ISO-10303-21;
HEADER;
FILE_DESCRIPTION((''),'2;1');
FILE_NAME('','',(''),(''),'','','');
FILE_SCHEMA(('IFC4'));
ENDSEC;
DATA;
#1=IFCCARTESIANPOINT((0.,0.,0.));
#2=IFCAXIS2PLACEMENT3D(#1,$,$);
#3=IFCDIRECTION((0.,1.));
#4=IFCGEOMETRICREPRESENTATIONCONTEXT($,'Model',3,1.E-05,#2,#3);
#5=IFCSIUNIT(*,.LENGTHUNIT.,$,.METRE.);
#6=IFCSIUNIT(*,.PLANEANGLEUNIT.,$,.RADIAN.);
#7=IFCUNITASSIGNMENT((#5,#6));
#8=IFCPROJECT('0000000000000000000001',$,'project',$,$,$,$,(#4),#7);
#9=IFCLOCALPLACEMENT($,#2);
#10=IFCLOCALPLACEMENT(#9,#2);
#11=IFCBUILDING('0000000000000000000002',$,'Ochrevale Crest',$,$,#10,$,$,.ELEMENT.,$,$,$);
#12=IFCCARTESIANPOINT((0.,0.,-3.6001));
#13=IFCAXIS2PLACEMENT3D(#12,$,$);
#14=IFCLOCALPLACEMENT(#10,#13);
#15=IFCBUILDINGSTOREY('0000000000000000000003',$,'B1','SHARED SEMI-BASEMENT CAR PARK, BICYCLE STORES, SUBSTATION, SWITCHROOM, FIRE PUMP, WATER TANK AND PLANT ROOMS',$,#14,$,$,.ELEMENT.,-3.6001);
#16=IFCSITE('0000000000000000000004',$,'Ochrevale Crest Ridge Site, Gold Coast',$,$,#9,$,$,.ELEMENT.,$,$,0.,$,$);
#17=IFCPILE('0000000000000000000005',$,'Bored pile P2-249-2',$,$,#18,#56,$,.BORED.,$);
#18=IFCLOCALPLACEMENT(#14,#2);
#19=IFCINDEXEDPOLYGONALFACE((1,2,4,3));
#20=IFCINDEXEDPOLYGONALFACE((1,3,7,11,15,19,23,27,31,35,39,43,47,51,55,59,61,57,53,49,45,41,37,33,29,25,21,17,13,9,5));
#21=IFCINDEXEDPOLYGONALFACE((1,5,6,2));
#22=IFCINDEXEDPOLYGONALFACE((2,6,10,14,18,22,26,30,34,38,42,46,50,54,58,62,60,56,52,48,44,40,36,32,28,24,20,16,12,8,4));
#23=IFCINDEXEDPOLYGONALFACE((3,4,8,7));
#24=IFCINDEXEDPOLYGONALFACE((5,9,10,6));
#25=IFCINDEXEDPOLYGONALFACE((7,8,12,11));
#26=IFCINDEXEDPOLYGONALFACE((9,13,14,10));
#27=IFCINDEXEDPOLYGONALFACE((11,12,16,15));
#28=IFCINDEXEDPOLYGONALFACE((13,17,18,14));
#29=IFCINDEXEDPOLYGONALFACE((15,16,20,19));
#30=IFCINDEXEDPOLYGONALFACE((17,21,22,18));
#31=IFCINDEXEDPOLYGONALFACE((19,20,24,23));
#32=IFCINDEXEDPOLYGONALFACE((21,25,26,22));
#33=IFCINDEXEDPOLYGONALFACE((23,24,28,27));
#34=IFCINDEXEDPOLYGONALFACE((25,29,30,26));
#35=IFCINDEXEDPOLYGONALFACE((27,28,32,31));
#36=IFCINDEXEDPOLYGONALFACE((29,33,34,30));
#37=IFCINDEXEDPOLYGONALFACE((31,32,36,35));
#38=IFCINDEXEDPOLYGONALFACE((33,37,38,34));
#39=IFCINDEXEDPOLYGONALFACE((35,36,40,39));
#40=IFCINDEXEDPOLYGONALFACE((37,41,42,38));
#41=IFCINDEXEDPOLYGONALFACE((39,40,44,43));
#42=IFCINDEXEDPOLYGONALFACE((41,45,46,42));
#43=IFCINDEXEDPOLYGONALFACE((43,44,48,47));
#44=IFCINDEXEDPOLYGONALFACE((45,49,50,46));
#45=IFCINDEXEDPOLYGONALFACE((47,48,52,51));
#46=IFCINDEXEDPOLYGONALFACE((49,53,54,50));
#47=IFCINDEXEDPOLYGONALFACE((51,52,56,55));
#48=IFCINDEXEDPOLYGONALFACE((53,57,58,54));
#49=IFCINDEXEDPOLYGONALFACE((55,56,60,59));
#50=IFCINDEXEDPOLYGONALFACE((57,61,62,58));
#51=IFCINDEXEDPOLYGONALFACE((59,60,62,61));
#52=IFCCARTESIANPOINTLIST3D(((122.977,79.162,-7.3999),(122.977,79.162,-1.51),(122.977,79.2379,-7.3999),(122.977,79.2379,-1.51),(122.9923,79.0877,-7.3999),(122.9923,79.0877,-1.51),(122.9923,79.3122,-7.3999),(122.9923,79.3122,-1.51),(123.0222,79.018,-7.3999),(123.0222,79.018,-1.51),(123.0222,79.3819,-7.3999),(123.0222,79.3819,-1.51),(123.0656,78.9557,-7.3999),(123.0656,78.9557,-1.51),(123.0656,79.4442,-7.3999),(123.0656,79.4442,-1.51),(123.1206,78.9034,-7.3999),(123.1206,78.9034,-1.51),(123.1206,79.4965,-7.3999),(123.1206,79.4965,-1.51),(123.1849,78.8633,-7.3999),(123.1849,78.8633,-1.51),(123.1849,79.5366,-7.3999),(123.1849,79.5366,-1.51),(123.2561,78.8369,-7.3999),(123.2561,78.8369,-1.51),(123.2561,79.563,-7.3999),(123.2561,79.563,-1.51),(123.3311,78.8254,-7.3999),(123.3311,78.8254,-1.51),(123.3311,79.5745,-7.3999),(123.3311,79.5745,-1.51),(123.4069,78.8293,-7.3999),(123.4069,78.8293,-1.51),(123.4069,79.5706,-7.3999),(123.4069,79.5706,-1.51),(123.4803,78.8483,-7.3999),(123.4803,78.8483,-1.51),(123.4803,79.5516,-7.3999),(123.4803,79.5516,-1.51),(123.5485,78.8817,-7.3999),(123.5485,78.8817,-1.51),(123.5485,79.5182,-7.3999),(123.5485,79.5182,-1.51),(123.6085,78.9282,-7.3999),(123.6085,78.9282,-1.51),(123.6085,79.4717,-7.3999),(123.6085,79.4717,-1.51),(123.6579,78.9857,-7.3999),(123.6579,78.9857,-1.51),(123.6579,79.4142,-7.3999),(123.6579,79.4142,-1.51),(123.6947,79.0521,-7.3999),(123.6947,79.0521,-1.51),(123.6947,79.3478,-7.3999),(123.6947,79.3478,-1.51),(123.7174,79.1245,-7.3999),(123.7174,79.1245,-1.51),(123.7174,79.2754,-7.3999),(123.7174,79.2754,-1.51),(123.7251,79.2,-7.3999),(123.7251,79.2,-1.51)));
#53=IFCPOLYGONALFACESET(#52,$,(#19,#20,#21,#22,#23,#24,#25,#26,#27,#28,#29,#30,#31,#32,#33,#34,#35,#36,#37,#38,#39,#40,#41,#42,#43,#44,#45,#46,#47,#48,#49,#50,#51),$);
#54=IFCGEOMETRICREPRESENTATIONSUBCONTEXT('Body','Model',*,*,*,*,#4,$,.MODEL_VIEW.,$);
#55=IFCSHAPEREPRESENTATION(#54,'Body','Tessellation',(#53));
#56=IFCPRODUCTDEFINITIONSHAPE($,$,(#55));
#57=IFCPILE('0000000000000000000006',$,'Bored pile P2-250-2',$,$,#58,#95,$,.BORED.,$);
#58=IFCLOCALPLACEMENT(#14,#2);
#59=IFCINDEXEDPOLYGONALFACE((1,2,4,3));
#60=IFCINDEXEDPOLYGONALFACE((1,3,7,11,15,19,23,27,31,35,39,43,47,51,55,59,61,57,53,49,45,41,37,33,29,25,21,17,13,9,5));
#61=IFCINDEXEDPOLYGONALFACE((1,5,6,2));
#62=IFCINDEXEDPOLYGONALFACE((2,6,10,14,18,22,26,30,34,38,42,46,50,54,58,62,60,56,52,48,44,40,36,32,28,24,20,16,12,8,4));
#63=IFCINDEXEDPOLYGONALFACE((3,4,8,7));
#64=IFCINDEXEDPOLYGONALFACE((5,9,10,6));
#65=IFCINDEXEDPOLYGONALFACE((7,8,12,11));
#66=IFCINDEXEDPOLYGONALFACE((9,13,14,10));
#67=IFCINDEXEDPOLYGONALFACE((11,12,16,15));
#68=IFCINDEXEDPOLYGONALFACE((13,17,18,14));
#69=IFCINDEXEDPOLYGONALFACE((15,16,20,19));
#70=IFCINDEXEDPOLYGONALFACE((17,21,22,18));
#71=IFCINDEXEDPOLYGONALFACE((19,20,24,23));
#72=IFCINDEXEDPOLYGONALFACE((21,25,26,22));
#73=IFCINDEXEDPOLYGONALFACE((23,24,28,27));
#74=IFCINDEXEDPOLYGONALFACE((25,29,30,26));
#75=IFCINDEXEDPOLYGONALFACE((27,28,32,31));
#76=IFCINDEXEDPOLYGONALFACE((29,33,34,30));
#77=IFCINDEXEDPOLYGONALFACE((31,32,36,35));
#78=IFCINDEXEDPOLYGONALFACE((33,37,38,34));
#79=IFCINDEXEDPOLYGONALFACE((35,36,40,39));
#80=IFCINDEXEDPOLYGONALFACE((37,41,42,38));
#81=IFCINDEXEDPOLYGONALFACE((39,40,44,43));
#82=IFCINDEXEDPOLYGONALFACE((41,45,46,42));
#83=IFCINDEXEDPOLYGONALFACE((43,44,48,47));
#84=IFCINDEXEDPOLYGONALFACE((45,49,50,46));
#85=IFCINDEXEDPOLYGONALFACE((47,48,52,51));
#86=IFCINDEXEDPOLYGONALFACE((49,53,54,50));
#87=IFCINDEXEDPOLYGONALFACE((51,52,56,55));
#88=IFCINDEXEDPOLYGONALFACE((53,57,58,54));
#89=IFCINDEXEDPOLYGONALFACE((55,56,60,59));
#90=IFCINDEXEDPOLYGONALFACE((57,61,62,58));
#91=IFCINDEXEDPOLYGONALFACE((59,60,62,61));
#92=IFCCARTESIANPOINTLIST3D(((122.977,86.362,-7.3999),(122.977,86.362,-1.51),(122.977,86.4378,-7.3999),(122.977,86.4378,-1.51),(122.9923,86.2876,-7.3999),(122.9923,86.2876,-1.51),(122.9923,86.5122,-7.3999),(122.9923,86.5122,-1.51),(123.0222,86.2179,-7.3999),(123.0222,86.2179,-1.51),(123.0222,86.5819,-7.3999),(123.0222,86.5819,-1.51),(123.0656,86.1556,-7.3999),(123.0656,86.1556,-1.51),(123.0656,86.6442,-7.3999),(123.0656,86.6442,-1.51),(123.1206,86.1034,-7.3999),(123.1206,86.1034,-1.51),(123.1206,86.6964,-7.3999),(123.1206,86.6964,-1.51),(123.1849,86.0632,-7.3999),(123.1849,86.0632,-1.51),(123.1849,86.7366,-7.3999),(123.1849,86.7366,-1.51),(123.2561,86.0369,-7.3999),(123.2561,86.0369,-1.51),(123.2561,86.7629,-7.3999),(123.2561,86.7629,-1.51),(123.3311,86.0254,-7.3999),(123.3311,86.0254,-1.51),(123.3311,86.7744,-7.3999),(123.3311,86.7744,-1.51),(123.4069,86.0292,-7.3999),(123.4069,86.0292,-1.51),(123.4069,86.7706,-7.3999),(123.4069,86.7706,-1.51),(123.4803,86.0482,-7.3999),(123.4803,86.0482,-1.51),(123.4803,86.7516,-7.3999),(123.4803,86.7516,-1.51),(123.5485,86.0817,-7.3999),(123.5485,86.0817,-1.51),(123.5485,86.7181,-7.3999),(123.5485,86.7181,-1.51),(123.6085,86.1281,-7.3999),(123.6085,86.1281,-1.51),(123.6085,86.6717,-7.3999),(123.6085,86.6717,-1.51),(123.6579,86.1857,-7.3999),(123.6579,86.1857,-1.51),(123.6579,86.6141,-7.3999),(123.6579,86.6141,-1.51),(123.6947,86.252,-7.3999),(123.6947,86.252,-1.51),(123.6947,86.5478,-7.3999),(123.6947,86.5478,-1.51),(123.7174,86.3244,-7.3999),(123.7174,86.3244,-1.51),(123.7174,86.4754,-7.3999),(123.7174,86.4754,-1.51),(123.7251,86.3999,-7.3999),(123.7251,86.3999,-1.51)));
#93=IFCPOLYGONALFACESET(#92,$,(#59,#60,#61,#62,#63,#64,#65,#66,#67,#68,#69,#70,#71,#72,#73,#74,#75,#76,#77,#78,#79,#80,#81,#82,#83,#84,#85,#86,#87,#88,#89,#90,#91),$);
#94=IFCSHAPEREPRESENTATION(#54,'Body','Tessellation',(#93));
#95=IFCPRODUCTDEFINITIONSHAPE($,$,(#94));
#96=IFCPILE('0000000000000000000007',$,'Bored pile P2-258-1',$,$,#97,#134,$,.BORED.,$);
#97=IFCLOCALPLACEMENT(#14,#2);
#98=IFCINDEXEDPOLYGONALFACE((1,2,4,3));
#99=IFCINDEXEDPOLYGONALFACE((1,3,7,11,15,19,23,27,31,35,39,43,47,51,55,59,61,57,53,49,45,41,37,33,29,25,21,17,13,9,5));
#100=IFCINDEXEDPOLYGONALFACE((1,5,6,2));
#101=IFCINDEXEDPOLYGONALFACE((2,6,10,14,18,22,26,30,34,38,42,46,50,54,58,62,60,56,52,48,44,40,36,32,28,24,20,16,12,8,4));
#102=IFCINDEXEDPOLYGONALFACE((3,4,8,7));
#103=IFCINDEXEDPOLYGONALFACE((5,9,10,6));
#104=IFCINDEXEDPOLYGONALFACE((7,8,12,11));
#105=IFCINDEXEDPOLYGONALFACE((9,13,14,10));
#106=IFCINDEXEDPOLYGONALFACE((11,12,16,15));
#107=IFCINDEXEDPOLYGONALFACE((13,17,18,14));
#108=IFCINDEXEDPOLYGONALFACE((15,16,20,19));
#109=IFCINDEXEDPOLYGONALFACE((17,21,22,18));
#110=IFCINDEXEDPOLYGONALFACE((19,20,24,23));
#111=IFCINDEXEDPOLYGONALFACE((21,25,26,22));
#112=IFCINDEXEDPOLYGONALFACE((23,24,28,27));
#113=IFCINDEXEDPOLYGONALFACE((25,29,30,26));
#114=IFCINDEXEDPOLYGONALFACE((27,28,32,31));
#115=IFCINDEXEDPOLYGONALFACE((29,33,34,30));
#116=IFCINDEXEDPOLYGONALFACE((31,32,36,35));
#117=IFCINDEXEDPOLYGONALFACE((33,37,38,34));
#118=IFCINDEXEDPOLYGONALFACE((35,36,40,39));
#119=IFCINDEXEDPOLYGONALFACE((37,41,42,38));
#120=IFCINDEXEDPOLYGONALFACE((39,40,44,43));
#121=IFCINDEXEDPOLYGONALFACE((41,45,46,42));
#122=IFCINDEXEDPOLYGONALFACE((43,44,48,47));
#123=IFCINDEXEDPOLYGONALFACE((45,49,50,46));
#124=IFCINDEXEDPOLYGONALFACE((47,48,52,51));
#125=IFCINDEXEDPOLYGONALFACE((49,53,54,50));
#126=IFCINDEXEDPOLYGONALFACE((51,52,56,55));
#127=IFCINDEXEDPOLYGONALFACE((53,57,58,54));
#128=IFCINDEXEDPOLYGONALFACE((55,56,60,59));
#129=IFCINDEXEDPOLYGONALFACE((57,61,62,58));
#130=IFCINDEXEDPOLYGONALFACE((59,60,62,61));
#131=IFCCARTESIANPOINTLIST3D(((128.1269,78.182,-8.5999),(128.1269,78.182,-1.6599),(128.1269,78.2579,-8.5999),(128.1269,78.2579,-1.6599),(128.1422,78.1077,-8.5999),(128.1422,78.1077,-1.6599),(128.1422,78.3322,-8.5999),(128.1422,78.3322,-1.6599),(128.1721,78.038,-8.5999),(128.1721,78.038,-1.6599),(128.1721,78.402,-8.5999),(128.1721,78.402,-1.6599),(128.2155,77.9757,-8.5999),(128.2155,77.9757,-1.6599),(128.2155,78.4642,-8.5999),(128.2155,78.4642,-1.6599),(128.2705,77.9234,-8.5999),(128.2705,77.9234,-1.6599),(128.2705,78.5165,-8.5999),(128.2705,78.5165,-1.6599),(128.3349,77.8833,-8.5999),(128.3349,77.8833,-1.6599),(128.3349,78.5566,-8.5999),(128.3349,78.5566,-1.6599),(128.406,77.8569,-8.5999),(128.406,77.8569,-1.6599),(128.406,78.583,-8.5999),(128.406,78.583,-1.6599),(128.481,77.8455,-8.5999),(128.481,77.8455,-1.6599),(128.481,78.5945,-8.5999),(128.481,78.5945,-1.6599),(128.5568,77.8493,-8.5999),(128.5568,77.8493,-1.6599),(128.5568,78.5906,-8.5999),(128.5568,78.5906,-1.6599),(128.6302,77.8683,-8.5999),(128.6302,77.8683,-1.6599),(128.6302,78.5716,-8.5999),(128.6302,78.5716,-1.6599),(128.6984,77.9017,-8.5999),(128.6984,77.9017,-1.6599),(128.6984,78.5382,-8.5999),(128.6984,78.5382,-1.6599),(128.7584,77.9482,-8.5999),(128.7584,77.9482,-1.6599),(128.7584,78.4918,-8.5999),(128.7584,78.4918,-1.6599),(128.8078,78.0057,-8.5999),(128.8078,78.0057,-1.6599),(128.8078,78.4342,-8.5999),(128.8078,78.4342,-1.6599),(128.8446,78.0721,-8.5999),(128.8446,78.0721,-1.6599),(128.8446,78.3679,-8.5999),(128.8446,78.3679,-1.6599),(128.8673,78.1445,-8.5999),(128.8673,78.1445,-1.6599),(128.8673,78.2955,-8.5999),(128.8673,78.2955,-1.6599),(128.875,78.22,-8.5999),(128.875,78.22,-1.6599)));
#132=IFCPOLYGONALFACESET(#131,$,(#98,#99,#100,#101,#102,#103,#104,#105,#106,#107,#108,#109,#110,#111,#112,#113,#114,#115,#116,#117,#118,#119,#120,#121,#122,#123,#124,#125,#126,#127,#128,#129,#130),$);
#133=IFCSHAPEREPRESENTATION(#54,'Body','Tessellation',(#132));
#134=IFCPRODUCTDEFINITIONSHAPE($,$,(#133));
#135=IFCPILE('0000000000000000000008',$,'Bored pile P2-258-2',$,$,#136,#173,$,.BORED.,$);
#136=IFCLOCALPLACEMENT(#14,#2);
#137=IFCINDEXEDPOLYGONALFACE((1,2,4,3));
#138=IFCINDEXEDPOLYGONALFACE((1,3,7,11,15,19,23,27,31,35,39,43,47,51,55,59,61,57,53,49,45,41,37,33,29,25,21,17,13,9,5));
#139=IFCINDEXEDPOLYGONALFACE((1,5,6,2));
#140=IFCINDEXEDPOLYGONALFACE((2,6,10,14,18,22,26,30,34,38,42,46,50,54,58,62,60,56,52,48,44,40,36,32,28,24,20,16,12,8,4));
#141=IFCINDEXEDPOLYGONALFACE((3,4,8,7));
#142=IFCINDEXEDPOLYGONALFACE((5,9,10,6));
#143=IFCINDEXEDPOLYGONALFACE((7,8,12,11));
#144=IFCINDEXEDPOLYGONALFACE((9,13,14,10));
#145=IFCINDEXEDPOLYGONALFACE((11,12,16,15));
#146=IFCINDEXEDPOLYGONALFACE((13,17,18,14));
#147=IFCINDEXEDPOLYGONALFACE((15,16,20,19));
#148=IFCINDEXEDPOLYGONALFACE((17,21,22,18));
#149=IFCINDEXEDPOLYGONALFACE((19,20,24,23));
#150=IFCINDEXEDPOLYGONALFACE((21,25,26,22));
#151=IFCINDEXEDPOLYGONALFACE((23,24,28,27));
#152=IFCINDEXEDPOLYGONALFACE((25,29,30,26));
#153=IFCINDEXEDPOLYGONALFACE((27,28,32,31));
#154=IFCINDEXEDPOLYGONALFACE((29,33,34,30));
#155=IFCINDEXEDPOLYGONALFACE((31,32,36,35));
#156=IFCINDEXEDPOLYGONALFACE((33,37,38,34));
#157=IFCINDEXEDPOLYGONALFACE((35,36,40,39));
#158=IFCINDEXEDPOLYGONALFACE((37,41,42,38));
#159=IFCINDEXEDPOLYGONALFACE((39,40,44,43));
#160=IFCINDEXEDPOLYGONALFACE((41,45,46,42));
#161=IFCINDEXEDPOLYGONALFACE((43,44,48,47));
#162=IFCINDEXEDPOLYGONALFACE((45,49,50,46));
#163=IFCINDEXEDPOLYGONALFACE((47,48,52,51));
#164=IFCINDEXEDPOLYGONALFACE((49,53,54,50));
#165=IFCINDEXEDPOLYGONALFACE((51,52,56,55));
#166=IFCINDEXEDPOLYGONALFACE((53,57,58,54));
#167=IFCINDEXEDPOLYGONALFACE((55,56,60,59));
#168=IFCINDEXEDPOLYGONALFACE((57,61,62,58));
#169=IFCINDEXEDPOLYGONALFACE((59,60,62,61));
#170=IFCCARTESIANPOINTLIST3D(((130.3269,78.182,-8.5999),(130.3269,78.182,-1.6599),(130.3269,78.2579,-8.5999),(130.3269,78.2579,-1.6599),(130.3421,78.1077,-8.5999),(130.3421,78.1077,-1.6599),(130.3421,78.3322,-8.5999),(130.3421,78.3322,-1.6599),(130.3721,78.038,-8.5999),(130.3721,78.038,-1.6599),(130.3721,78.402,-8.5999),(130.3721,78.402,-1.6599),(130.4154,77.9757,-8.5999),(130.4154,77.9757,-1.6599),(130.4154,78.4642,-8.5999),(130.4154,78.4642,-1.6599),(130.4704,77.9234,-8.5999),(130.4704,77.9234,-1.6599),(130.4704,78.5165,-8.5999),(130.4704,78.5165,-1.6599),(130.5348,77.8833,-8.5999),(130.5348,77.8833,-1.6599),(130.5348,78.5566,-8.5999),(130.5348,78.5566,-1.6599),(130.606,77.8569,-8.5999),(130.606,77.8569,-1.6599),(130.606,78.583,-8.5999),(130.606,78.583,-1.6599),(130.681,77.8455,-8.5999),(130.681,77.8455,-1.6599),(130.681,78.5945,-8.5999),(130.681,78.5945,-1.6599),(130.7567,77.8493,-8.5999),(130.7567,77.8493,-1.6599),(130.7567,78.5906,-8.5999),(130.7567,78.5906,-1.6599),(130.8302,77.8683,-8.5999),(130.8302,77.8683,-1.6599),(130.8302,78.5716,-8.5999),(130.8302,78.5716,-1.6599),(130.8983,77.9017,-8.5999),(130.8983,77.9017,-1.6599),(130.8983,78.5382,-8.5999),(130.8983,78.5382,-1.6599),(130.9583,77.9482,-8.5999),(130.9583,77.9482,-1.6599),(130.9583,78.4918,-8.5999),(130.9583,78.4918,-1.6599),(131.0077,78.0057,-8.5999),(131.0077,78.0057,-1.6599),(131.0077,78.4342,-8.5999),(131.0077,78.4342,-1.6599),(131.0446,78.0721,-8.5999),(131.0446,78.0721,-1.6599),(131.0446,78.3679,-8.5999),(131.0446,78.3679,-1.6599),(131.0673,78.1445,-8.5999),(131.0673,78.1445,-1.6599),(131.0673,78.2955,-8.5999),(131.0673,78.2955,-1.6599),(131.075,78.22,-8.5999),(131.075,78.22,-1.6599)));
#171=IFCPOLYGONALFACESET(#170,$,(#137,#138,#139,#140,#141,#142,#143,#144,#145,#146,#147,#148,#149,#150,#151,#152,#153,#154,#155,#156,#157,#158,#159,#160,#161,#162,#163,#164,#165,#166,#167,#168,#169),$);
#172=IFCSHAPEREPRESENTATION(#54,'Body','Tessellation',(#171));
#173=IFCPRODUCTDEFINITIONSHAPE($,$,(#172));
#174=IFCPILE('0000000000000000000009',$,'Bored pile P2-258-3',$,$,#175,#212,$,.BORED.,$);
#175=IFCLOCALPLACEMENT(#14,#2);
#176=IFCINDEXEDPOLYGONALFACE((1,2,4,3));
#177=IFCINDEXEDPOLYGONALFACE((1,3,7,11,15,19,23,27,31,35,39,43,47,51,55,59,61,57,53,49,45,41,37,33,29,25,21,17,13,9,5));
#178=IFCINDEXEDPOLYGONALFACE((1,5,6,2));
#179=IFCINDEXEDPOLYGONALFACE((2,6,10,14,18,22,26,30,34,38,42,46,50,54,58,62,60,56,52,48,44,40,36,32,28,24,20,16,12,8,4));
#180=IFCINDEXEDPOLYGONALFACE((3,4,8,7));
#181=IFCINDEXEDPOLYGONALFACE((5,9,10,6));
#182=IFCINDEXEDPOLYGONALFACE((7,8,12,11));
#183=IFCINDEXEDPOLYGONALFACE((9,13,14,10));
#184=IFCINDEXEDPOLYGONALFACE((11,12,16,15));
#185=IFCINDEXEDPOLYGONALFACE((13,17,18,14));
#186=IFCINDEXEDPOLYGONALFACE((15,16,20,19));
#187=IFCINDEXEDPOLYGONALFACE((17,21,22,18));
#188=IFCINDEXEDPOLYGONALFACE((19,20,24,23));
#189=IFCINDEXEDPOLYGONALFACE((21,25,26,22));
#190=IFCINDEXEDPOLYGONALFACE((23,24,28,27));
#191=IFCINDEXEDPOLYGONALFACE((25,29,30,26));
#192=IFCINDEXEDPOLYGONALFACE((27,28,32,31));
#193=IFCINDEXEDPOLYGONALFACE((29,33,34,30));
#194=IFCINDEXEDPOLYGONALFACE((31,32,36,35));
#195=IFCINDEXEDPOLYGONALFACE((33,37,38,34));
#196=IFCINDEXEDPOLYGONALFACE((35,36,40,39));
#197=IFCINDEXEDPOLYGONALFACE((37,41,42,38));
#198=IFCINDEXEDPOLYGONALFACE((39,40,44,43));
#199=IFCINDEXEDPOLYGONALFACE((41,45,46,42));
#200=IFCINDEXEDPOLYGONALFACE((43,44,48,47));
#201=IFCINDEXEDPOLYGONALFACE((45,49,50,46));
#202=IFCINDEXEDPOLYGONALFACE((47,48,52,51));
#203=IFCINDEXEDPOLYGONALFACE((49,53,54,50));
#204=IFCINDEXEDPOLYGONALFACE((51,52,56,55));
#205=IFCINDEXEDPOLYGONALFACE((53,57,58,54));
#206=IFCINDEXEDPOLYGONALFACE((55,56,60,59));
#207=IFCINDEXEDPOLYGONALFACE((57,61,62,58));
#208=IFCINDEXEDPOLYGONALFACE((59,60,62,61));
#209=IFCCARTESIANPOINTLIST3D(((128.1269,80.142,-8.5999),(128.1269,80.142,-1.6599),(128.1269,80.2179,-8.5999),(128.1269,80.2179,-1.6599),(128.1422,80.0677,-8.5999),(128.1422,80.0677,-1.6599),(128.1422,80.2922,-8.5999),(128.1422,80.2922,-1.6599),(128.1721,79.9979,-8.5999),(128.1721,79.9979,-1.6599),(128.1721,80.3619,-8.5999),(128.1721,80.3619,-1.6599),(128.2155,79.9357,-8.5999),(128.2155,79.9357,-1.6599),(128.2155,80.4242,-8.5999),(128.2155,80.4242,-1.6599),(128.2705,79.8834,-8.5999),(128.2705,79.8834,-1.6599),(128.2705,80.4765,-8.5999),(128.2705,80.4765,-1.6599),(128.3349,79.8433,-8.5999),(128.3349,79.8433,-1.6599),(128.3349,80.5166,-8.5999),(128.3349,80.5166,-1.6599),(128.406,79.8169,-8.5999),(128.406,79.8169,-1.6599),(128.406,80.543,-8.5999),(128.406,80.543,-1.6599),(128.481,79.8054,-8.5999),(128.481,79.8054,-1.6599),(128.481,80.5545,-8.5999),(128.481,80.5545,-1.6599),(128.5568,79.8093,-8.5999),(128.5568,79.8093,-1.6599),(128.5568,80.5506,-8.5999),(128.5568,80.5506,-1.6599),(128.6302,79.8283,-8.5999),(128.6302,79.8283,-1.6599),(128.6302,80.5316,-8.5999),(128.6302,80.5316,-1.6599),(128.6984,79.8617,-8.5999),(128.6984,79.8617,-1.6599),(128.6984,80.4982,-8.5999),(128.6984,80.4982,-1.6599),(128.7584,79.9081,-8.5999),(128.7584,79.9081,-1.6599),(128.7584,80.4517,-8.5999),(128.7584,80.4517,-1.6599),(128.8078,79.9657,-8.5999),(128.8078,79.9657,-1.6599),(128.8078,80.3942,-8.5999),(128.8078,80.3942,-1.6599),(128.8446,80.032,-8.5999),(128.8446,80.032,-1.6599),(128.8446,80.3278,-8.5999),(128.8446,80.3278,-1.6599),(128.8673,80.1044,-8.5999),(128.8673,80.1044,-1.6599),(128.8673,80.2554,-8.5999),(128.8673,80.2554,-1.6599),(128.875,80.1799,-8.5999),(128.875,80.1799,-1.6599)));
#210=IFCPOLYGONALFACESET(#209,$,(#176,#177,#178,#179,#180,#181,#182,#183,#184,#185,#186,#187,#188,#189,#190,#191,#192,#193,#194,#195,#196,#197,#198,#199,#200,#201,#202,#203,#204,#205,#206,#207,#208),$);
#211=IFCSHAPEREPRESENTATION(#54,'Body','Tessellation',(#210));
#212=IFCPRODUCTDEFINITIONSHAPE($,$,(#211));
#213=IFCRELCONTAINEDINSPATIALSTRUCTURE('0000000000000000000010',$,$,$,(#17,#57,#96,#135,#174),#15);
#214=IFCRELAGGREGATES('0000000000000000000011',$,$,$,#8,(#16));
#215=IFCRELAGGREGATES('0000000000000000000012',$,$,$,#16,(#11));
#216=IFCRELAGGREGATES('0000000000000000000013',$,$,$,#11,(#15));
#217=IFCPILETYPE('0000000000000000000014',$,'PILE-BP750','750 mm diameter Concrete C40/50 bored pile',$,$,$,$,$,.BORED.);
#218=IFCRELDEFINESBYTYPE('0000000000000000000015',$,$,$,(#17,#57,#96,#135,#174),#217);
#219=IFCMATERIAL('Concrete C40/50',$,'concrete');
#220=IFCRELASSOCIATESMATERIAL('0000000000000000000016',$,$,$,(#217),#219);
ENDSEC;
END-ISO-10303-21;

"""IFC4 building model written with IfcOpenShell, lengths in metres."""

from ifc_helpers import new_model, si_unit, direction, frame, origin, origin_2d, place, context, subcontext, project, spatial, circle, extrude, material, material_profile, profile_set, type_object, element, save


model = new_model("IFC4")

# Units and contexts
model_context = context("Model", 3, precision=1e-05, world=origin(), true_north=direction((0.0, 1.0)))
body_context = subcontext(model_context, "Body", "Model", "MODEL_VIEW")
ifc_project = project(units=[si_unit("LENGTHUNIT", "METRE"), si_unit("PLANEANGLEUNIT", "RADIAN")], contexts=[model_context])

# Site, building, storey
site_placement = place(None, origin())
site = spatial("IfcSite", under=ifc_project, at=site_placement, Name="Ochrevale Crest Ridge Site, Gold Coast", CompositionType="ELEMENT", RefElevation=0.0)
building_placement = place(site_placement, origin())
building = spatial("IfcBuilding", under=site, at=building_placement, Name="Ochrevale Crest", CompositionType="ELEMENT")
storey_placement = place(building_placement, frame((0.0, 0.0, -3.6001)))
storey = spatial("IfcBuildingStorey", under=building, at=storey_placement, Name="B1", Description="SHARED SEMI-BASEMENT CAR PARK, BICYCLE STORES, SUBSTATION, SWITCHROOM, FIRE PUMP, WATER TANK AND PLANT ROOMS", CompositionType="ELEMENT", Elevation=-3.6001)

# Shared definitions
ifc_material_1 = material(Name="Concrete C40/50", Category="concrete")

# Piles
ifc_material_profile_1 = material_profile(ifc_material_1, circle(Radius=0.375, at=origin_2d()), Name="BORED PILE 750")
ifc_profile_set_1 = profile_set([ifc_material_profile_1], Name="Concrete C40/50")
pile_type_1 = type_object("IfcPileType", Name="PILE-BP750", Description="750 mm diameter Concrete C40/50 bored pile", PredefinedType="BORED", material=ifc_profile_set_1)
for number, where, z_axis, x_axis, name in (
    (1, (123.3501, 79.2, -1.51), (0.0, 0.0, -1.0), (1.0, 0.0, 0.0), "Bored pile P2-249-2"),
    (2, (123.3501, 86.3999, -1.51), (0.0, 0.0, -1.0), (1.0, 0.0, 0.0), "Bored pile P2-250-2"),
):
    element("IfcPile", number, at=place(storey_placement, frame(where, z_axis=z_axis, x_axis=x_axis)), inside=storey, type_object=pile_type_1, Name=name, PredefinedType="BORED", context=body_context, shape_type="SweptSolid", body=[
        extrude(circle(Radius=0.375, at=origin_2d()), origin(), (0.0, 0.0, 1.0), 5.8899),
    ])
for number, where, z_axis, x_axis, name in (
    (3, (128.5, 78.22, -1.6599), (0.0, 0.0, -1.0), (1.0, 0.0, 0.0), "Bored pile P2-258-1"),
    (4, (130.7, 78.22, -1.6599), (0.0, 0.0, -1.0), (1.0, 0.0, 0.0), "Bored pile P2-258-2"),
    (5, (128.5, 80.1799, -1.6599), (0.0, 0.0, -1.0), (1.0, 0.0, 0.0), "Bored pile P2-258-3"),
):
    element("IfcPile", number, at=place(storey_placement, frame(where, z_axis=z_axis, x_axis=x_axis)), inside=storey, type_object=pile_type_1, Name=name, PredefinedType="BORED", context=body_context, shape_type="SweptSolid", body=[
        extrude(circle(Radius=0.375, at=origin_2d()), origin(), (0.0, 0.0, 1.0), 6.9399),
    ])

save(model, "model.ifc")
